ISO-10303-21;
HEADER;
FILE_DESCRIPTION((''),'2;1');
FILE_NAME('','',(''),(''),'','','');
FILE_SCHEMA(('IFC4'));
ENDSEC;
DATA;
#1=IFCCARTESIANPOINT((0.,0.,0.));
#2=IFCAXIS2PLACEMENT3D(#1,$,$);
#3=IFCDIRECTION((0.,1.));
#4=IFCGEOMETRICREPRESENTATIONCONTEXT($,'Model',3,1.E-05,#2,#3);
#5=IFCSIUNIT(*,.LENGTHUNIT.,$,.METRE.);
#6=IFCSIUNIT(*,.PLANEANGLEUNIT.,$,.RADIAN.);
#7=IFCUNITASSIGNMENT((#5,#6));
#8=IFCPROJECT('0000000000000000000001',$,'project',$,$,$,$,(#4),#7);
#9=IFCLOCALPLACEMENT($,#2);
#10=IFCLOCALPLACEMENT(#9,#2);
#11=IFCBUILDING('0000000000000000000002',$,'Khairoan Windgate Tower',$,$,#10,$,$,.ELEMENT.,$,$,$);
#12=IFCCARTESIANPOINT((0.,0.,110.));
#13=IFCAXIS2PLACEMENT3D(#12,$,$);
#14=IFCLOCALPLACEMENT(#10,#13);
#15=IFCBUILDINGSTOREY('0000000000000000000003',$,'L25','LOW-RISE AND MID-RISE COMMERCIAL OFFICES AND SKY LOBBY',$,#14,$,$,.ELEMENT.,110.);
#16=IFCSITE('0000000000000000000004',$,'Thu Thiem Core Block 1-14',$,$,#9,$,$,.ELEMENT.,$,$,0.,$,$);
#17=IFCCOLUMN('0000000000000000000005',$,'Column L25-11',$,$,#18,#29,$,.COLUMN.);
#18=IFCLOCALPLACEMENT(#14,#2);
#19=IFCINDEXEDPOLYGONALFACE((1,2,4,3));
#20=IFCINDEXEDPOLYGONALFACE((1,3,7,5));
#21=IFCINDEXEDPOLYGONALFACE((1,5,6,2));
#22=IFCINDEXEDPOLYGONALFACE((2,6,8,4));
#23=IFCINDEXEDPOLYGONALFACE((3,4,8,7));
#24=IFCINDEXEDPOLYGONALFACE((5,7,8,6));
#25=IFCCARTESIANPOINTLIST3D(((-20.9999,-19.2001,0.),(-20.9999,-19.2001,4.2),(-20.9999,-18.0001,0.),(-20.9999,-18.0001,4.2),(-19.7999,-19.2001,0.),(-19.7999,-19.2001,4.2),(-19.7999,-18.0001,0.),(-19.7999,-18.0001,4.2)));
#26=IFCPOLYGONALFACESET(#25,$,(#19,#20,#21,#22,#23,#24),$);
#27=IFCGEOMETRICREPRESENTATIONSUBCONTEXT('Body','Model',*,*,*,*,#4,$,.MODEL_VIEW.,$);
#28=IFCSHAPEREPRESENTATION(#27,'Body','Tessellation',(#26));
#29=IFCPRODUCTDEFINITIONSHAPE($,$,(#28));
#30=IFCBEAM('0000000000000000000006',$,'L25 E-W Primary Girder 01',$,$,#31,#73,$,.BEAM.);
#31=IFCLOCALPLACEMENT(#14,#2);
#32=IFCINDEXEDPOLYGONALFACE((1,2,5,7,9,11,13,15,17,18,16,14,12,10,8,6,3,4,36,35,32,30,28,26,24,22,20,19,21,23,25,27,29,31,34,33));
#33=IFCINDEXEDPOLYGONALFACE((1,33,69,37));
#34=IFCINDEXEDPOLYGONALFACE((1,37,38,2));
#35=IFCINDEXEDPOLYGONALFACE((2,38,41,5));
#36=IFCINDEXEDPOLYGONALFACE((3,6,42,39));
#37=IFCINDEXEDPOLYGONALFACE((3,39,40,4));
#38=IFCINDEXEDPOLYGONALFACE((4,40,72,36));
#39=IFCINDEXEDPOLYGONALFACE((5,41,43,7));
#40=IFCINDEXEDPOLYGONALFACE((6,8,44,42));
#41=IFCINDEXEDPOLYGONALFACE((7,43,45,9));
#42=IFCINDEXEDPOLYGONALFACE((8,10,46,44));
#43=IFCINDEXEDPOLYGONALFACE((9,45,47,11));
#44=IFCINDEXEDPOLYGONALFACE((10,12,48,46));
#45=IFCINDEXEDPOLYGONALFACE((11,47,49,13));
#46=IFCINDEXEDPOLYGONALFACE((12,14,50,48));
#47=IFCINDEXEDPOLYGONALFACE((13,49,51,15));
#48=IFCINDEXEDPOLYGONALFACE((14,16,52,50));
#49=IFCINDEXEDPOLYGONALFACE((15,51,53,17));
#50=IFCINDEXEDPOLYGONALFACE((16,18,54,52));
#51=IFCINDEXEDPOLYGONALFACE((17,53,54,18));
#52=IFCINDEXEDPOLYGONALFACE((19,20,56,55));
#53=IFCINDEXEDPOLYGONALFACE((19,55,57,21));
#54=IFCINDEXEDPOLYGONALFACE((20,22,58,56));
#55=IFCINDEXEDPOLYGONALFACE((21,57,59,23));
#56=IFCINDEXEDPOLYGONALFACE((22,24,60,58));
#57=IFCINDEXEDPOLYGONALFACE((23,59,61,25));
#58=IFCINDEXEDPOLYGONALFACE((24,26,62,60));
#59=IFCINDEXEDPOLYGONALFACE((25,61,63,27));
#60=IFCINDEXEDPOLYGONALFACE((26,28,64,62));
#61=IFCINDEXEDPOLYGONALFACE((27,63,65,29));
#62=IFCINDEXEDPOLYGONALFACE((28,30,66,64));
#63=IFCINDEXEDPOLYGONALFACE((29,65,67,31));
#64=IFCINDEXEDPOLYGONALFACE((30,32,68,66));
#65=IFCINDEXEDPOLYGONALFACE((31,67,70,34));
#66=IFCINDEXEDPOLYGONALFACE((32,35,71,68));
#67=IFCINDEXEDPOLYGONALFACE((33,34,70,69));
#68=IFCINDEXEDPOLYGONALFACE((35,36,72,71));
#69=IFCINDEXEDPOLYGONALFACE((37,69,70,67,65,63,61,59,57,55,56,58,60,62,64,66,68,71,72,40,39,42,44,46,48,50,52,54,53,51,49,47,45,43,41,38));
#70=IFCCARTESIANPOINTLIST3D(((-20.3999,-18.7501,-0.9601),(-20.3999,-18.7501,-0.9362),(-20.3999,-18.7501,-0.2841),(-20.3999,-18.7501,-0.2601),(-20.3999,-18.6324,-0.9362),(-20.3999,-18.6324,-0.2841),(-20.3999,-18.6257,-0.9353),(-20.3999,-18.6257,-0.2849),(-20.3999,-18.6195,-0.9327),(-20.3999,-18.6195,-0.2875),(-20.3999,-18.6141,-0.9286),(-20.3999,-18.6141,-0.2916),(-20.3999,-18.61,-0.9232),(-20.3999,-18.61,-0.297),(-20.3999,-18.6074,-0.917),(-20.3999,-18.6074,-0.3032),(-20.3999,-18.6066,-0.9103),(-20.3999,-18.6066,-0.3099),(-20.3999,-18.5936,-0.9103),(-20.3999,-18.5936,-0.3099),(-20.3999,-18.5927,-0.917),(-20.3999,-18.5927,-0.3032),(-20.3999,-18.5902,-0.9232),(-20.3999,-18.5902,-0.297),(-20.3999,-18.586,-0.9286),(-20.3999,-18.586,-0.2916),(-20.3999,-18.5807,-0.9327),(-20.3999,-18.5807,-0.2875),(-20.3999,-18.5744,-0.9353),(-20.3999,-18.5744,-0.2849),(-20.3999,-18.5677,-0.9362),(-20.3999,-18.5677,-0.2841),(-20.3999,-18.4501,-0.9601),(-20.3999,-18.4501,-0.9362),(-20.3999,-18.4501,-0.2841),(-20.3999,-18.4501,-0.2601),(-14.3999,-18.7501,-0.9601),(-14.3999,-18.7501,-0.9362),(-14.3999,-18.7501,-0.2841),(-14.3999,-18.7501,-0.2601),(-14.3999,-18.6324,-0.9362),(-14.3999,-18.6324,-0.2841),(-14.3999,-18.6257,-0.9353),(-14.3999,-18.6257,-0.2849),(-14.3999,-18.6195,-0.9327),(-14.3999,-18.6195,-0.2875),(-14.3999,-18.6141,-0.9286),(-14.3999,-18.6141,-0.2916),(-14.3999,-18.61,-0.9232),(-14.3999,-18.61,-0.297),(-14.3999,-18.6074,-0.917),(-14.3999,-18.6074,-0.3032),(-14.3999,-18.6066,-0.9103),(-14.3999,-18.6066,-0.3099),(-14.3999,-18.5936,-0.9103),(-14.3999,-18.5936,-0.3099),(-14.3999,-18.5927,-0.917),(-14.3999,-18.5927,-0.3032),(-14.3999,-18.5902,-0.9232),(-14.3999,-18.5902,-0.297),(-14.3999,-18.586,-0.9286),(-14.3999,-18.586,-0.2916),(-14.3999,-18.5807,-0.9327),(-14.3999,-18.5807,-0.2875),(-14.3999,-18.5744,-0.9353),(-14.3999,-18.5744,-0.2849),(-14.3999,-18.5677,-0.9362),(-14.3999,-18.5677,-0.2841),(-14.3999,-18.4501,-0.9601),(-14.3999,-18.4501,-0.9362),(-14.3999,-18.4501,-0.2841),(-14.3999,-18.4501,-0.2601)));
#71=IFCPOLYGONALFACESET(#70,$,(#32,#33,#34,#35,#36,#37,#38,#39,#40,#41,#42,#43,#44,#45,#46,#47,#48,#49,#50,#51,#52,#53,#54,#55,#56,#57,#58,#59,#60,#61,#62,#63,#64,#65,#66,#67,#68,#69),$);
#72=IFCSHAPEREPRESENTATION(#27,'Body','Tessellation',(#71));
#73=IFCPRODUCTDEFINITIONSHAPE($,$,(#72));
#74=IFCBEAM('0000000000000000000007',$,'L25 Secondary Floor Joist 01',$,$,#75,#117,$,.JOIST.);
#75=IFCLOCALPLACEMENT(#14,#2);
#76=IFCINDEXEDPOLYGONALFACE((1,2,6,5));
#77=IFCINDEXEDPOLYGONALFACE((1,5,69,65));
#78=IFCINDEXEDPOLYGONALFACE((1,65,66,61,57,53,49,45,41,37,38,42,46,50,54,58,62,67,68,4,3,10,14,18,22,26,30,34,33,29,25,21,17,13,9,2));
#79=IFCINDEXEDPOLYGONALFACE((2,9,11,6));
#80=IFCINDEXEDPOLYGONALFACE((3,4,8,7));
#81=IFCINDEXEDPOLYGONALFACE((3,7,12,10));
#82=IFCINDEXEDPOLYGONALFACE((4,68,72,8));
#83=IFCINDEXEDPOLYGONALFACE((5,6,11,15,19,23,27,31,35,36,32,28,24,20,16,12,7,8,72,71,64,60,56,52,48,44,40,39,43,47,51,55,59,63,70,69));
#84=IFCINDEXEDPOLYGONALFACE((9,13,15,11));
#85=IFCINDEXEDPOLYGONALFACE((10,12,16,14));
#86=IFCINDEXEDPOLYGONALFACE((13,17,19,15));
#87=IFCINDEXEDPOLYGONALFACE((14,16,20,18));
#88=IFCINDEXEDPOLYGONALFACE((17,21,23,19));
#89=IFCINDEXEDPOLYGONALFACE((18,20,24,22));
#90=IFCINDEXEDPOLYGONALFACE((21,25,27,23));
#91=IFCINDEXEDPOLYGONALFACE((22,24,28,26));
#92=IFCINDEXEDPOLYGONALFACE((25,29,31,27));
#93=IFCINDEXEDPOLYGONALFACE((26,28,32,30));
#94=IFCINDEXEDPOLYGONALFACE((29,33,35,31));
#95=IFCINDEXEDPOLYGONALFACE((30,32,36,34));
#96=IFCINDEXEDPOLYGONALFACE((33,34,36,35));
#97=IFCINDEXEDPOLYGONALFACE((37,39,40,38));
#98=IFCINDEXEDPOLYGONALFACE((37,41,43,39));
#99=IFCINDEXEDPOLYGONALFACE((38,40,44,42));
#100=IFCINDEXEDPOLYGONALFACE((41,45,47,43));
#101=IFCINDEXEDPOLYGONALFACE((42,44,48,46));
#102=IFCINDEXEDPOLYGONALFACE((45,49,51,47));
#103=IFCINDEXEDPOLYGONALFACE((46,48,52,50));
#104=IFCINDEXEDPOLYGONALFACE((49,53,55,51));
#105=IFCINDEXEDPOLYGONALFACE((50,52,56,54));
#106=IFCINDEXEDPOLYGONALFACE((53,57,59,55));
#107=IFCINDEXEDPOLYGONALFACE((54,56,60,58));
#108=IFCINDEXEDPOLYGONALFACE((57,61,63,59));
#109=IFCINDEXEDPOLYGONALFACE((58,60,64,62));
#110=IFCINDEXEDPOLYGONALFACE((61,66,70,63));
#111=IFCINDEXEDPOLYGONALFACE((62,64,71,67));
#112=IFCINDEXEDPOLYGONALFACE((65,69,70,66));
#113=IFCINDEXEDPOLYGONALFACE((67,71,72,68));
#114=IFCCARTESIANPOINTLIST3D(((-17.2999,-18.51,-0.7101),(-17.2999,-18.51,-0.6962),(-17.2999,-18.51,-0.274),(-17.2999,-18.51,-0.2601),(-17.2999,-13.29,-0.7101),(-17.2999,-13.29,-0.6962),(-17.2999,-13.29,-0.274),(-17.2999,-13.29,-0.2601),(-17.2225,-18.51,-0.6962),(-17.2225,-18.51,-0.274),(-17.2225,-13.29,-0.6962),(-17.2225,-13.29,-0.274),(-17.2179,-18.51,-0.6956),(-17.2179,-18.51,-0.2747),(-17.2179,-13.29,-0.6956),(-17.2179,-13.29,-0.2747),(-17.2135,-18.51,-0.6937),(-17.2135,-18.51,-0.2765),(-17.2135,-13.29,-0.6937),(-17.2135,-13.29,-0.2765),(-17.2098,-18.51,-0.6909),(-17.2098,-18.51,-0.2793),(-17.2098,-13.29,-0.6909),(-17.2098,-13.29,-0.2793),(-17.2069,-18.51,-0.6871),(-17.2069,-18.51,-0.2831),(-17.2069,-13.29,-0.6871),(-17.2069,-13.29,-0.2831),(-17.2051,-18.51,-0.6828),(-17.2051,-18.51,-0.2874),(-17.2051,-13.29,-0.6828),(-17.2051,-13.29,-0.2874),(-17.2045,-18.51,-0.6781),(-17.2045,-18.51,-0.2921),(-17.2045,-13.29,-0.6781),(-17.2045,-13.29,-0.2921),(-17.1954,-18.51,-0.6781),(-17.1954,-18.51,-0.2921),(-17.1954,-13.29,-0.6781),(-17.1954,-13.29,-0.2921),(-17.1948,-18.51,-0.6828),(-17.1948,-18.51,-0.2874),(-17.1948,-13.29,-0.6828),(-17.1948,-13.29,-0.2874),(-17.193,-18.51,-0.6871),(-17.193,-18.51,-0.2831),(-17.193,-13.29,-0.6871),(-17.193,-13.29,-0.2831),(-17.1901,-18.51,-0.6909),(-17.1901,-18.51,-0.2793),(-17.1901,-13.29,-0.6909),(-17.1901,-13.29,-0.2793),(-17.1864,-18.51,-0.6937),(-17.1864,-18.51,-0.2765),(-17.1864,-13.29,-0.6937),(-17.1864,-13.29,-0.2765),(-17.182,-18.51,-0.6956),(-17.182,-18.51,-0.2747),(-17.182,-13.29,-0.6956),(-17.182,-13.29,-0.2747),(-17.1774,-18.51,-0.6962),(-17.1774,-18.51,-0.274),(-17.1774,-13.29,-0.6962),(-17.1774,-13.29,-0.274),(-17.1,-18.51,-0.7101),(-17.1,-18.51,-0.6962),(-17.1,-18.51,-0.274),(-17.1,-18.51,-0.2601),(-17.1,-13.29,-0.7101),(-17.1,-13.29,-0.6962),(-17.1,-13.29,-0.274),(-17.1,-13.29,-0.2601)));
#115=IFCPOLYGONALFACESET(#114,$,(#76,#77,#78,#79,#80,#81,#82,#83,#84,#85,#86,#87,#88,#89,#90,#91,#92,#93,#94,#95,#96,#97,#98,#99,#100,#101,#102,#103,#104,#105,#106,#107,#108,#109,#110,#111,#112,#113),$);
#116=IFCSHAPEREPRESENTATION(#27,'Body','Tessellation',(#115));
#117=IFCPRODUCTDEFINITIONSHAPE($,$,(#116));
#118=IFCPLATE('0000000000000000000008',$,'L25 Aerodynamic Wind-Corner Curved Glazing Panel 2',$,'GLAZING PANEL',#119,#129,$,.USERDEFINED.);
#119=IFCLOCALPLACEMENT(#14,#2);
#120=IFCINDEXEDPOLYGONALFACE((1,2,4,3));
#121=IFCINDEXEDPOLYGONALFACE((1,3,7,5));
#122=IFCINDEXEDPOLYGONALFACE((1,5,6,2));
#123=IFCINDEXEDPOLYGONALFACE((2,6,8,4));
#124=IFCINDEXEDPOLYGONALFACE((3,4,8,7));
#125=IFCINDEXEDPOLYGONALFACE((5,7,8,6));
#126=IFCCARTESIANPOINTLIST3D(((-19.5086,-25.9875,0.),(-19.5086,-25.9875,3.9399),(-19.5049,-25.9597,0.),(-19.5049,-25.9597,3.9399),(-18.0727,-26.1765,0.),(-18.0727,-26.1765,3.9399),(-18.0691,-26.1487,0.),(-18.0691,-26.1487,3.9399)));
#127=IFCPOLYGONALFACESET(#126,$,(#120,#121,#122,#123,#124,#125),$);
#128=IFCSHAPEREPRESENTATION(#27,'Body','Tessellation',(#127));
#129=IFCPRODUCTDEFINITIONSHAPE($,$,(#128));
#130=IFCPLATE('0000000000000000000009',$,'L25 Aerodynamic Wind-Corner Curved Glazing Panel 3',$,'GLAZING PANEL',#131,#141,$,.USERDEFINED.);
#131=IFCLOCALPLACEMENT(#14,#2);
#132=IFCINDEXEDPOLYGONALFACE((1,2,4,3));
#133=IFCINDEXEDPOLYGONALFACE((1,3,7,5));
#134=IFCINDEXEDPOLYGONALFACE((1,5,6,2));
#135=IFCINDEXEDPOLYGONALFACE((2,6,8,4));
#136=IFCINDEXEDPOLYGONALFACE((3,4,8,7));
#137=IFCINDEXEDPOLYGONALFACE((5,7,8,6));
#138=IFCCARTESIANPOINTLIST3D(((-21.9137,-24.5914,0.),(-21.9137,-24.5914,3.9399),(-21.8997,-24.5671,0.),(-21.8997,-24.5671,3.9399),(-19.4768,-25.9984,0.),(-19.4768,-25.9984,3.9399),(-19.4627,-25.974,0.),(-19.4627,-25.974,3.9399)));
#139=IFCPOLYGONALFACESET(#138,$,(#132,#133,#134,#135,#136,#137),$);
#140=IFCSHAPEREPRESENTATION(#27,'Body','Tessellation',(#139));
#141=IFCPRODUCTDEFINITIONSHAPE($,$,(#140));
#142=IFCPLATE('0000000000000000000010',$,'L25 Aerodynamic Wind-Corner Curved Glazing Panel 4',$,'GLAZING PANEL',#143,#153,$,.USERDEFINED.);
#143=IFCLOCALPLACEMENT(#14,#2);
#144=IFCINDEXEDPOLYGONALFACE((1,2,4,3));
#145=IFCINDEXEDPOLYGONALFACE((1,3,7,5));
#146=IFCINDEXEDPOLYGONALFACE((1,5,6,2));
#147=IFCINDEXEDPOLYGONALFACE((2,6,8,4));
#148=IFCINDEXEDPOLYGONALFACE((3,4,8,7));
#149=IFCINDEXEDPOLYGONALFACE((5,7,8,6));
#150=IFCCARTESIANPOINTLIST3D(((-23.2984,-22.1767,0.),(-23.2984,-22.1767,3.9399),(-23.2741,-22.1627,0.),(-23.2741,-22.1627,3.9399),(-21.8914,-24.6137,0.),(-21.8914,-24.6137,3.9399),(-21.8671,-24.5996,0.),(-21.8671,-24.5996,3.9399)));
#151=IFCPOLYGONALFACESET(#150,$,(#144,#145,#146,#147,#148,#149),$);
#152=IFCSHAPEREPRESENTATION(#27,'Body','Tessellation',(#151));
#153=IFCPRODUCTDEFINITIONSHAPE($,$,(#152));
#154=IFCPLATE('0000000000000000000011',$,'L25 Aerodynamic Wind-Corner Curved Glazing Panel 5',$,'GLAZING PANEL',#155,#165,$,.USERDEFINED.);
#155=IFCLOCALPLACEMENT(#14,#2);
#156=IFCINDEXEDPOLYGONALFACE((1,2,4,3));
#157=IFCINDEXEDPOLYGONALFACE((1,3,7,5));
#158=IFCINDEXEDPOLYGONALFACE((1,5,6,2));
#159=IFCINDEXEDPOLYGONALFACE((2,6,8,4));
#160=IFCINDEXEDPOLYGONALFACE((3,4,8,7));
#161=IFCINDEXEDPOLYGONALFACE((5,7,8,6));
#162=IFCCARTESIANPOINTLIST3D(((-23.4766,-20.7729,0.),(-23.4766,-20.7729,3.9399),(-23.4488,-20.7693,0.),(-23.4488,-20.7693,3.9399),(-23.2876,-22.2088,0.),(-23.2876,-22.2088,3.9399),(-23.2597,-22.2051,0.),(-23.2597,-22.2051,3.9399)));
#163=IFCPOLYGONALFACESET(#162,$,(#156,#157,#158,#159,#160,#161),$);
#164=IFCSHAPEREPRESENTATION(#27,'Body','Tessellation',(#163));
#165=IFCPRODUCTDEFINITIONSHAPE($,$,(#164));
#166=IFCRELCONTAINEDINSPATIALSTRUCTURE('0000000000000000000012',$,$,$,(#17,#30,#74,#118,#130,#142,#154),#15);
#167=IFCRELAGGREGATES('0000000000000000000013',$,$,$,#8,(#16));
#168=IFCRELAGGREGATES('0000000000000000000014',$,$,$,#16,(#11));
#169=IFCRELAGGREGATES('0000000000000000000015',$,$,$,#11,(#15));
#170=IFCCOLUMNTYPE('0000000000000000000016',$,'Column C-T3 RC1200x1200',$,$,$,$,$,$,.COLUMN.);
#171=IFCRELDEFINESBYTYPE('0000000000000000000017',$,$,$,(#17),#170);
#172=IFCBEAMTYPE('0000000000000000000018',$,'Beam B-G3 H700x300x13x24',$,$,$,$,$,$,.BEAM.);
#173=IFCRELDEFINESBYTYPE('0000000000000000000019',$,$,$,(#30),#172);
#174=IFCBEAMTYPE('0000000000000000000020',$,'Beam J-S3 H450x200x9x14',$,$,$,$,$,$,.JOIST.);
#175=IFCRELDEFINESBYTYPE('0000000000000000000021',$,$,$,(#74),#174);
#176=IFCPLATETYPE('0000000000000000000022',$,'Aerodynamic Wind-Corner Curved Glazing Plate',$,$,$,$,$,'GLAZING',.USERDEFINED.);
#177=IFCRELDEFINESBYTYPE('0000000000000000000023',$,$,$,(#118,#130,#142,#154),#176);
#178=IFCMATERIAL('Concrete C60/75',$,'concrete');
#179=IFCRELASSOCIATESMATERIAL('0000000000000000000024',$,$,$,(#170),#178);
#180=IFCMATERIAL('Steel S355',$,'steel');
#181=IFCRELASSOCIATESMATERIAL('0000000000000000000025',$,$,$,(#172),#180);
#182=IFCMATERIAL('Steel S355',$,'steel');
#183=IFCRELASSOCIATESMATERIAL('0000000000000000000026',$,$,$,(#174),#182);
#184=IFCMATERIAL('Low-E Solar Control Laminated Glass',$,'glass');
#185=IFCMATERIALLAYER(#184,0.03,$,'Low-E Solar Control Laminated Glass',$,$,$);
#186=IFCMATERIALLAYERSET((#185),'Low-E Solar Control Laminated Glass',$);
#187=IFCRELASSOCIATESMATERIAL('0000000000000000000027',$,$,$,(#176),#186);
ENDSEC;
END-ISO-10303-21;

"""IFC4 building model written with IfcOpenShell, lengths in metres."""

from ifc_helpers import new_model, si_unit, direction, frame, origin, origin_2d, place, context, subcontext, project, spatial, rectangle, i_section, extrude, material, layer, layer_set, material_profile, profile_set, type_object, element, save


model = new_model("IFC4")

# Units and contexts
model_context = context("Model", 3, precision=1e-05, world=origin(), true_north=direction((0.0, 1.0)))
body_context = subcontext(model_context, "Body", "Model", "MODEL_VIEW")
ifc_project = project(units=[si_unit("LENGTHUNIT", "METRE"), si_unit("PLANEANGLEUNIT", "RADIAN")], contexts=[model_context])

# Site, building, storey
site_placement = place(None, origin())
site = spatial("IfcSite", under=ifc_project, at=site_placement, Name="Thu Thiem Core Block 1-14", CompositionType="ELEMENT", RefElevation=0.0)
building_placement = place(site_placement, origin())
building = spatial("IfcBuilding", under=site, at=building_placement, Name="Khairoan Windgate Tower", CompositionType="ELEMENT")
storey_placement = place(building_placement, frame((0.0, 0.0, 110.0)))
storey = spatial("IfcBuildingStorey", under=building, at=storey_placement, Name="L25", Description="LOW-RISE AND MID-RISE COMMERCIAL OFFICES AND SKY LOBBY", CompositionType="ELEMENT", Elevation=110.0)

# Column
ifc_material_1 = material(Name="Concrete C60/75", Category="concrete")
ifc_material_profile_1 = material_profile(ifc_material_1, rectangle(XDim=1.2, YDim=1.2, at=origin_2d()))
ifc_profile_set_1 = profile_set([ifc_material_profile_1], Name="Concrete C60/75")
column_type = type_object("IfcColumnType", Name="Column C-T3 RC1200x1200", PredefinedType="COLUMN", material=ifc_profile_set_1)
column_placement = place(storey_placement, frame((-20.3999, -18.6001, 0.0), z_axis=(0.0, 0.0, 1.0), x_axis=(1.0, 0.0, 0.0)))
element("IfcColumn", 1, at=column_placement, inside=storey, type_object=column_type, Name="Column L25-11", PredefinedType="COLUMN", context=body_context, shape_type="SweptSolid", body=[
    extrude(rectangle(XDim=1.2, YDim=1.2, at=origin_2d()), origin(), (0.0, 0.0, 1.0), 4.2),
])

# Beams
ifc_material_2 = material(Name="Steel S355", Category="steel")
ifc_material_profile_2 = material_profile(ifc_material_2, i_section(OverallWidth=0.3, OverallDepth=0.7, WebThickness=0.0129, FlangeThickness=0.0239, FilletRadius=0.0259, at=origin_2d()))
ifc_profile_set_2 = profile_set([ifc_material_profile_2], Name="Steel S355")
beam_type_1 = type_object("IfcBeamType", Name="Beam B-G3 H700x300x13x24", PredefinedType="BEAM", material=ifc_profile_set_2)
beam_1_placement = place(storey_placement, frame((-20.3999, -18.6001, -0.6101), z_axis=(1.0, 0.0, 0.0), x_axis=(0.0, 1.0, 0.0)))
element("IfcBeam", 2, at=beam_1_placement, inside=storey, type_object=beam_type_1, Name="L25 E-W Primary Girder 01", PredefinedType="BEAM", context=body_context, shape_type="SweptSolid", body=[
    extrude(i_section(OverallWidth=0.3, OverallDepth=0.7, WebThickness=0.0129, FlangeThickness=0.0239, FilletRadius=0.0259, at=origin_2d()), origin(), (0.0, 0.0, 1.0), 6.0),
])
ifc_material_3 = material(Name="Steel S355", Category="steel")
ifc_material_profile_3 = material_profile(ifc_material_3, i_section(OverallWidth=0.2, OverallDepth=0.45, WebThickness=0.009, FlangeThickness=0.0139, FilletRadius=0.0181, at=origin_2d()))
ifc_profile_set_3 = profile_set([ifc_material_profile_3], Name="Steel S355")
beam_type_2 = type_object("IfcBeamType", Name="Beam J-S3 H450x200x9x14", PredefinedType="JOIST", material=ifc_profile_set_3)
beam_2_placement = place(storey_placement, frame((-17.2, -18.51, -0.4851), z_axis=(0.0, 1.0, 0.0), x_axis=(-1.0, 0.0, 0.0)))
element("IfcBeam", 3, at=beam_2_placement, inside=storey, type_object=beam_type_2, Name="L25 Secondary Floor Joist 01", PredefinedType="JOIST", context=body_context, shape_type="SweptSolid", body=[
    extrude(i_section(OverallWidth=0.2, OverallDepth=0.45, WebThickness=0.009, FlangeThickness=0.0139, FilletRadius=0.0181, at=origin_2d()), origin(), (0.0, 0.0, 1.0), 5.22),
])

# Plates
ifc_material_4 = material(Name="Low-E Solar Control Laminated Glass", Category="glass")
ifc_layer_1 = layer(ifc_material_4, 0.03, Name="Low-E Solar Control Laminated Glass")
ifc_layer_set_1 = layer_set([ifc_layer_1], Name="Low-E Solar Control Laminated Glass")
plate_type_1 = type_object("IfcPlateType", Name="Aerodynamic Wind-Corner Curved Glazing Plate", ElementType="GLAZING", PredefinedType="USERDEFINED", material=ifc_layer_set_1)
plate_1_placement = place(storey_placement, frame((-18.7888, -26.0681, 0.0), z_axis=(0.0, 0.0, 1.0), x_axis=(-0.991445, 0.130526, 0.0)))
element("IfcPlate", 4, at=plate_1_placement, inside=storey, type_object=plate_type_1, Name="L25 Aerodynamic Wind-Corner Curved Glazing Panel 2", ObjectType="GLAZING PANEL", PredefinedType="USERDEFINED", context=body_context, shape_type="SweptSolid", body=[
    extrude(rectangle(XDim=1.4482, YDim=0.0281, at=origin_2d()), origin(), (0.0, 0.0, 1.0), 3.9399),
])
for number, where, z_axis, x_axis, name in (
    (5, (-20.6882, -25.2827, 0.0), (0.0, 0.0, 1.0), (-0.866025, 0.5, 0.0), "L25 Aerodynamic Wind-Corner Curved Glazing Panel 3"),
    (6, (-22.5828, -23.3882, 0.0), (0.0, 0.0, 1.0), (-0.5, 0.866025, 0.0), "L25 Aerodynamic Wind-Corner Curved Glazing Panel 4"),
):
    element("IfcPlate", number, at=place(storey_placement, frame(where, z_axis=z_axis, x_axis=x_axis)), inside=storey, type_object=plate_type_1, Name=name, ObjectType="GLAZING PANEL", PredefinedType="USERDEFINED", context=body_context, shape_type="SweptSolid", body=[
        extrude(rectangle(XDim=2.814, YDim=0.0281, at=origin_2d()), origin(), (0.0, 0.0, 1.0), 3.9399),
    ])
plate_2_placement = place(storey_placement, frame((-23.3682, -21.489, 0.0), z_axis=(0.0, 0.0, 1.0), x_axis=(-0.130526, 0.991445, 0.0)))
element("IfcPlate", 7, at=plate_2_placement, inside=storey, type_object=plate_type_1, Name="L25 Aerodynamic Wind-Corner Curved Glazing Panel 5", ObjectType="GLAZING PANEL", PredefinedType="USERDEFINED", context=body_context, shape_type="SweptSolid", body=[
    extrude(rectangle(XDim=1.4482, YDim=0.0281, at=origin_2d()), origin(), (0.0, 0.0, 1.0), 3.9399),
])

save(model, "model.ifc")
